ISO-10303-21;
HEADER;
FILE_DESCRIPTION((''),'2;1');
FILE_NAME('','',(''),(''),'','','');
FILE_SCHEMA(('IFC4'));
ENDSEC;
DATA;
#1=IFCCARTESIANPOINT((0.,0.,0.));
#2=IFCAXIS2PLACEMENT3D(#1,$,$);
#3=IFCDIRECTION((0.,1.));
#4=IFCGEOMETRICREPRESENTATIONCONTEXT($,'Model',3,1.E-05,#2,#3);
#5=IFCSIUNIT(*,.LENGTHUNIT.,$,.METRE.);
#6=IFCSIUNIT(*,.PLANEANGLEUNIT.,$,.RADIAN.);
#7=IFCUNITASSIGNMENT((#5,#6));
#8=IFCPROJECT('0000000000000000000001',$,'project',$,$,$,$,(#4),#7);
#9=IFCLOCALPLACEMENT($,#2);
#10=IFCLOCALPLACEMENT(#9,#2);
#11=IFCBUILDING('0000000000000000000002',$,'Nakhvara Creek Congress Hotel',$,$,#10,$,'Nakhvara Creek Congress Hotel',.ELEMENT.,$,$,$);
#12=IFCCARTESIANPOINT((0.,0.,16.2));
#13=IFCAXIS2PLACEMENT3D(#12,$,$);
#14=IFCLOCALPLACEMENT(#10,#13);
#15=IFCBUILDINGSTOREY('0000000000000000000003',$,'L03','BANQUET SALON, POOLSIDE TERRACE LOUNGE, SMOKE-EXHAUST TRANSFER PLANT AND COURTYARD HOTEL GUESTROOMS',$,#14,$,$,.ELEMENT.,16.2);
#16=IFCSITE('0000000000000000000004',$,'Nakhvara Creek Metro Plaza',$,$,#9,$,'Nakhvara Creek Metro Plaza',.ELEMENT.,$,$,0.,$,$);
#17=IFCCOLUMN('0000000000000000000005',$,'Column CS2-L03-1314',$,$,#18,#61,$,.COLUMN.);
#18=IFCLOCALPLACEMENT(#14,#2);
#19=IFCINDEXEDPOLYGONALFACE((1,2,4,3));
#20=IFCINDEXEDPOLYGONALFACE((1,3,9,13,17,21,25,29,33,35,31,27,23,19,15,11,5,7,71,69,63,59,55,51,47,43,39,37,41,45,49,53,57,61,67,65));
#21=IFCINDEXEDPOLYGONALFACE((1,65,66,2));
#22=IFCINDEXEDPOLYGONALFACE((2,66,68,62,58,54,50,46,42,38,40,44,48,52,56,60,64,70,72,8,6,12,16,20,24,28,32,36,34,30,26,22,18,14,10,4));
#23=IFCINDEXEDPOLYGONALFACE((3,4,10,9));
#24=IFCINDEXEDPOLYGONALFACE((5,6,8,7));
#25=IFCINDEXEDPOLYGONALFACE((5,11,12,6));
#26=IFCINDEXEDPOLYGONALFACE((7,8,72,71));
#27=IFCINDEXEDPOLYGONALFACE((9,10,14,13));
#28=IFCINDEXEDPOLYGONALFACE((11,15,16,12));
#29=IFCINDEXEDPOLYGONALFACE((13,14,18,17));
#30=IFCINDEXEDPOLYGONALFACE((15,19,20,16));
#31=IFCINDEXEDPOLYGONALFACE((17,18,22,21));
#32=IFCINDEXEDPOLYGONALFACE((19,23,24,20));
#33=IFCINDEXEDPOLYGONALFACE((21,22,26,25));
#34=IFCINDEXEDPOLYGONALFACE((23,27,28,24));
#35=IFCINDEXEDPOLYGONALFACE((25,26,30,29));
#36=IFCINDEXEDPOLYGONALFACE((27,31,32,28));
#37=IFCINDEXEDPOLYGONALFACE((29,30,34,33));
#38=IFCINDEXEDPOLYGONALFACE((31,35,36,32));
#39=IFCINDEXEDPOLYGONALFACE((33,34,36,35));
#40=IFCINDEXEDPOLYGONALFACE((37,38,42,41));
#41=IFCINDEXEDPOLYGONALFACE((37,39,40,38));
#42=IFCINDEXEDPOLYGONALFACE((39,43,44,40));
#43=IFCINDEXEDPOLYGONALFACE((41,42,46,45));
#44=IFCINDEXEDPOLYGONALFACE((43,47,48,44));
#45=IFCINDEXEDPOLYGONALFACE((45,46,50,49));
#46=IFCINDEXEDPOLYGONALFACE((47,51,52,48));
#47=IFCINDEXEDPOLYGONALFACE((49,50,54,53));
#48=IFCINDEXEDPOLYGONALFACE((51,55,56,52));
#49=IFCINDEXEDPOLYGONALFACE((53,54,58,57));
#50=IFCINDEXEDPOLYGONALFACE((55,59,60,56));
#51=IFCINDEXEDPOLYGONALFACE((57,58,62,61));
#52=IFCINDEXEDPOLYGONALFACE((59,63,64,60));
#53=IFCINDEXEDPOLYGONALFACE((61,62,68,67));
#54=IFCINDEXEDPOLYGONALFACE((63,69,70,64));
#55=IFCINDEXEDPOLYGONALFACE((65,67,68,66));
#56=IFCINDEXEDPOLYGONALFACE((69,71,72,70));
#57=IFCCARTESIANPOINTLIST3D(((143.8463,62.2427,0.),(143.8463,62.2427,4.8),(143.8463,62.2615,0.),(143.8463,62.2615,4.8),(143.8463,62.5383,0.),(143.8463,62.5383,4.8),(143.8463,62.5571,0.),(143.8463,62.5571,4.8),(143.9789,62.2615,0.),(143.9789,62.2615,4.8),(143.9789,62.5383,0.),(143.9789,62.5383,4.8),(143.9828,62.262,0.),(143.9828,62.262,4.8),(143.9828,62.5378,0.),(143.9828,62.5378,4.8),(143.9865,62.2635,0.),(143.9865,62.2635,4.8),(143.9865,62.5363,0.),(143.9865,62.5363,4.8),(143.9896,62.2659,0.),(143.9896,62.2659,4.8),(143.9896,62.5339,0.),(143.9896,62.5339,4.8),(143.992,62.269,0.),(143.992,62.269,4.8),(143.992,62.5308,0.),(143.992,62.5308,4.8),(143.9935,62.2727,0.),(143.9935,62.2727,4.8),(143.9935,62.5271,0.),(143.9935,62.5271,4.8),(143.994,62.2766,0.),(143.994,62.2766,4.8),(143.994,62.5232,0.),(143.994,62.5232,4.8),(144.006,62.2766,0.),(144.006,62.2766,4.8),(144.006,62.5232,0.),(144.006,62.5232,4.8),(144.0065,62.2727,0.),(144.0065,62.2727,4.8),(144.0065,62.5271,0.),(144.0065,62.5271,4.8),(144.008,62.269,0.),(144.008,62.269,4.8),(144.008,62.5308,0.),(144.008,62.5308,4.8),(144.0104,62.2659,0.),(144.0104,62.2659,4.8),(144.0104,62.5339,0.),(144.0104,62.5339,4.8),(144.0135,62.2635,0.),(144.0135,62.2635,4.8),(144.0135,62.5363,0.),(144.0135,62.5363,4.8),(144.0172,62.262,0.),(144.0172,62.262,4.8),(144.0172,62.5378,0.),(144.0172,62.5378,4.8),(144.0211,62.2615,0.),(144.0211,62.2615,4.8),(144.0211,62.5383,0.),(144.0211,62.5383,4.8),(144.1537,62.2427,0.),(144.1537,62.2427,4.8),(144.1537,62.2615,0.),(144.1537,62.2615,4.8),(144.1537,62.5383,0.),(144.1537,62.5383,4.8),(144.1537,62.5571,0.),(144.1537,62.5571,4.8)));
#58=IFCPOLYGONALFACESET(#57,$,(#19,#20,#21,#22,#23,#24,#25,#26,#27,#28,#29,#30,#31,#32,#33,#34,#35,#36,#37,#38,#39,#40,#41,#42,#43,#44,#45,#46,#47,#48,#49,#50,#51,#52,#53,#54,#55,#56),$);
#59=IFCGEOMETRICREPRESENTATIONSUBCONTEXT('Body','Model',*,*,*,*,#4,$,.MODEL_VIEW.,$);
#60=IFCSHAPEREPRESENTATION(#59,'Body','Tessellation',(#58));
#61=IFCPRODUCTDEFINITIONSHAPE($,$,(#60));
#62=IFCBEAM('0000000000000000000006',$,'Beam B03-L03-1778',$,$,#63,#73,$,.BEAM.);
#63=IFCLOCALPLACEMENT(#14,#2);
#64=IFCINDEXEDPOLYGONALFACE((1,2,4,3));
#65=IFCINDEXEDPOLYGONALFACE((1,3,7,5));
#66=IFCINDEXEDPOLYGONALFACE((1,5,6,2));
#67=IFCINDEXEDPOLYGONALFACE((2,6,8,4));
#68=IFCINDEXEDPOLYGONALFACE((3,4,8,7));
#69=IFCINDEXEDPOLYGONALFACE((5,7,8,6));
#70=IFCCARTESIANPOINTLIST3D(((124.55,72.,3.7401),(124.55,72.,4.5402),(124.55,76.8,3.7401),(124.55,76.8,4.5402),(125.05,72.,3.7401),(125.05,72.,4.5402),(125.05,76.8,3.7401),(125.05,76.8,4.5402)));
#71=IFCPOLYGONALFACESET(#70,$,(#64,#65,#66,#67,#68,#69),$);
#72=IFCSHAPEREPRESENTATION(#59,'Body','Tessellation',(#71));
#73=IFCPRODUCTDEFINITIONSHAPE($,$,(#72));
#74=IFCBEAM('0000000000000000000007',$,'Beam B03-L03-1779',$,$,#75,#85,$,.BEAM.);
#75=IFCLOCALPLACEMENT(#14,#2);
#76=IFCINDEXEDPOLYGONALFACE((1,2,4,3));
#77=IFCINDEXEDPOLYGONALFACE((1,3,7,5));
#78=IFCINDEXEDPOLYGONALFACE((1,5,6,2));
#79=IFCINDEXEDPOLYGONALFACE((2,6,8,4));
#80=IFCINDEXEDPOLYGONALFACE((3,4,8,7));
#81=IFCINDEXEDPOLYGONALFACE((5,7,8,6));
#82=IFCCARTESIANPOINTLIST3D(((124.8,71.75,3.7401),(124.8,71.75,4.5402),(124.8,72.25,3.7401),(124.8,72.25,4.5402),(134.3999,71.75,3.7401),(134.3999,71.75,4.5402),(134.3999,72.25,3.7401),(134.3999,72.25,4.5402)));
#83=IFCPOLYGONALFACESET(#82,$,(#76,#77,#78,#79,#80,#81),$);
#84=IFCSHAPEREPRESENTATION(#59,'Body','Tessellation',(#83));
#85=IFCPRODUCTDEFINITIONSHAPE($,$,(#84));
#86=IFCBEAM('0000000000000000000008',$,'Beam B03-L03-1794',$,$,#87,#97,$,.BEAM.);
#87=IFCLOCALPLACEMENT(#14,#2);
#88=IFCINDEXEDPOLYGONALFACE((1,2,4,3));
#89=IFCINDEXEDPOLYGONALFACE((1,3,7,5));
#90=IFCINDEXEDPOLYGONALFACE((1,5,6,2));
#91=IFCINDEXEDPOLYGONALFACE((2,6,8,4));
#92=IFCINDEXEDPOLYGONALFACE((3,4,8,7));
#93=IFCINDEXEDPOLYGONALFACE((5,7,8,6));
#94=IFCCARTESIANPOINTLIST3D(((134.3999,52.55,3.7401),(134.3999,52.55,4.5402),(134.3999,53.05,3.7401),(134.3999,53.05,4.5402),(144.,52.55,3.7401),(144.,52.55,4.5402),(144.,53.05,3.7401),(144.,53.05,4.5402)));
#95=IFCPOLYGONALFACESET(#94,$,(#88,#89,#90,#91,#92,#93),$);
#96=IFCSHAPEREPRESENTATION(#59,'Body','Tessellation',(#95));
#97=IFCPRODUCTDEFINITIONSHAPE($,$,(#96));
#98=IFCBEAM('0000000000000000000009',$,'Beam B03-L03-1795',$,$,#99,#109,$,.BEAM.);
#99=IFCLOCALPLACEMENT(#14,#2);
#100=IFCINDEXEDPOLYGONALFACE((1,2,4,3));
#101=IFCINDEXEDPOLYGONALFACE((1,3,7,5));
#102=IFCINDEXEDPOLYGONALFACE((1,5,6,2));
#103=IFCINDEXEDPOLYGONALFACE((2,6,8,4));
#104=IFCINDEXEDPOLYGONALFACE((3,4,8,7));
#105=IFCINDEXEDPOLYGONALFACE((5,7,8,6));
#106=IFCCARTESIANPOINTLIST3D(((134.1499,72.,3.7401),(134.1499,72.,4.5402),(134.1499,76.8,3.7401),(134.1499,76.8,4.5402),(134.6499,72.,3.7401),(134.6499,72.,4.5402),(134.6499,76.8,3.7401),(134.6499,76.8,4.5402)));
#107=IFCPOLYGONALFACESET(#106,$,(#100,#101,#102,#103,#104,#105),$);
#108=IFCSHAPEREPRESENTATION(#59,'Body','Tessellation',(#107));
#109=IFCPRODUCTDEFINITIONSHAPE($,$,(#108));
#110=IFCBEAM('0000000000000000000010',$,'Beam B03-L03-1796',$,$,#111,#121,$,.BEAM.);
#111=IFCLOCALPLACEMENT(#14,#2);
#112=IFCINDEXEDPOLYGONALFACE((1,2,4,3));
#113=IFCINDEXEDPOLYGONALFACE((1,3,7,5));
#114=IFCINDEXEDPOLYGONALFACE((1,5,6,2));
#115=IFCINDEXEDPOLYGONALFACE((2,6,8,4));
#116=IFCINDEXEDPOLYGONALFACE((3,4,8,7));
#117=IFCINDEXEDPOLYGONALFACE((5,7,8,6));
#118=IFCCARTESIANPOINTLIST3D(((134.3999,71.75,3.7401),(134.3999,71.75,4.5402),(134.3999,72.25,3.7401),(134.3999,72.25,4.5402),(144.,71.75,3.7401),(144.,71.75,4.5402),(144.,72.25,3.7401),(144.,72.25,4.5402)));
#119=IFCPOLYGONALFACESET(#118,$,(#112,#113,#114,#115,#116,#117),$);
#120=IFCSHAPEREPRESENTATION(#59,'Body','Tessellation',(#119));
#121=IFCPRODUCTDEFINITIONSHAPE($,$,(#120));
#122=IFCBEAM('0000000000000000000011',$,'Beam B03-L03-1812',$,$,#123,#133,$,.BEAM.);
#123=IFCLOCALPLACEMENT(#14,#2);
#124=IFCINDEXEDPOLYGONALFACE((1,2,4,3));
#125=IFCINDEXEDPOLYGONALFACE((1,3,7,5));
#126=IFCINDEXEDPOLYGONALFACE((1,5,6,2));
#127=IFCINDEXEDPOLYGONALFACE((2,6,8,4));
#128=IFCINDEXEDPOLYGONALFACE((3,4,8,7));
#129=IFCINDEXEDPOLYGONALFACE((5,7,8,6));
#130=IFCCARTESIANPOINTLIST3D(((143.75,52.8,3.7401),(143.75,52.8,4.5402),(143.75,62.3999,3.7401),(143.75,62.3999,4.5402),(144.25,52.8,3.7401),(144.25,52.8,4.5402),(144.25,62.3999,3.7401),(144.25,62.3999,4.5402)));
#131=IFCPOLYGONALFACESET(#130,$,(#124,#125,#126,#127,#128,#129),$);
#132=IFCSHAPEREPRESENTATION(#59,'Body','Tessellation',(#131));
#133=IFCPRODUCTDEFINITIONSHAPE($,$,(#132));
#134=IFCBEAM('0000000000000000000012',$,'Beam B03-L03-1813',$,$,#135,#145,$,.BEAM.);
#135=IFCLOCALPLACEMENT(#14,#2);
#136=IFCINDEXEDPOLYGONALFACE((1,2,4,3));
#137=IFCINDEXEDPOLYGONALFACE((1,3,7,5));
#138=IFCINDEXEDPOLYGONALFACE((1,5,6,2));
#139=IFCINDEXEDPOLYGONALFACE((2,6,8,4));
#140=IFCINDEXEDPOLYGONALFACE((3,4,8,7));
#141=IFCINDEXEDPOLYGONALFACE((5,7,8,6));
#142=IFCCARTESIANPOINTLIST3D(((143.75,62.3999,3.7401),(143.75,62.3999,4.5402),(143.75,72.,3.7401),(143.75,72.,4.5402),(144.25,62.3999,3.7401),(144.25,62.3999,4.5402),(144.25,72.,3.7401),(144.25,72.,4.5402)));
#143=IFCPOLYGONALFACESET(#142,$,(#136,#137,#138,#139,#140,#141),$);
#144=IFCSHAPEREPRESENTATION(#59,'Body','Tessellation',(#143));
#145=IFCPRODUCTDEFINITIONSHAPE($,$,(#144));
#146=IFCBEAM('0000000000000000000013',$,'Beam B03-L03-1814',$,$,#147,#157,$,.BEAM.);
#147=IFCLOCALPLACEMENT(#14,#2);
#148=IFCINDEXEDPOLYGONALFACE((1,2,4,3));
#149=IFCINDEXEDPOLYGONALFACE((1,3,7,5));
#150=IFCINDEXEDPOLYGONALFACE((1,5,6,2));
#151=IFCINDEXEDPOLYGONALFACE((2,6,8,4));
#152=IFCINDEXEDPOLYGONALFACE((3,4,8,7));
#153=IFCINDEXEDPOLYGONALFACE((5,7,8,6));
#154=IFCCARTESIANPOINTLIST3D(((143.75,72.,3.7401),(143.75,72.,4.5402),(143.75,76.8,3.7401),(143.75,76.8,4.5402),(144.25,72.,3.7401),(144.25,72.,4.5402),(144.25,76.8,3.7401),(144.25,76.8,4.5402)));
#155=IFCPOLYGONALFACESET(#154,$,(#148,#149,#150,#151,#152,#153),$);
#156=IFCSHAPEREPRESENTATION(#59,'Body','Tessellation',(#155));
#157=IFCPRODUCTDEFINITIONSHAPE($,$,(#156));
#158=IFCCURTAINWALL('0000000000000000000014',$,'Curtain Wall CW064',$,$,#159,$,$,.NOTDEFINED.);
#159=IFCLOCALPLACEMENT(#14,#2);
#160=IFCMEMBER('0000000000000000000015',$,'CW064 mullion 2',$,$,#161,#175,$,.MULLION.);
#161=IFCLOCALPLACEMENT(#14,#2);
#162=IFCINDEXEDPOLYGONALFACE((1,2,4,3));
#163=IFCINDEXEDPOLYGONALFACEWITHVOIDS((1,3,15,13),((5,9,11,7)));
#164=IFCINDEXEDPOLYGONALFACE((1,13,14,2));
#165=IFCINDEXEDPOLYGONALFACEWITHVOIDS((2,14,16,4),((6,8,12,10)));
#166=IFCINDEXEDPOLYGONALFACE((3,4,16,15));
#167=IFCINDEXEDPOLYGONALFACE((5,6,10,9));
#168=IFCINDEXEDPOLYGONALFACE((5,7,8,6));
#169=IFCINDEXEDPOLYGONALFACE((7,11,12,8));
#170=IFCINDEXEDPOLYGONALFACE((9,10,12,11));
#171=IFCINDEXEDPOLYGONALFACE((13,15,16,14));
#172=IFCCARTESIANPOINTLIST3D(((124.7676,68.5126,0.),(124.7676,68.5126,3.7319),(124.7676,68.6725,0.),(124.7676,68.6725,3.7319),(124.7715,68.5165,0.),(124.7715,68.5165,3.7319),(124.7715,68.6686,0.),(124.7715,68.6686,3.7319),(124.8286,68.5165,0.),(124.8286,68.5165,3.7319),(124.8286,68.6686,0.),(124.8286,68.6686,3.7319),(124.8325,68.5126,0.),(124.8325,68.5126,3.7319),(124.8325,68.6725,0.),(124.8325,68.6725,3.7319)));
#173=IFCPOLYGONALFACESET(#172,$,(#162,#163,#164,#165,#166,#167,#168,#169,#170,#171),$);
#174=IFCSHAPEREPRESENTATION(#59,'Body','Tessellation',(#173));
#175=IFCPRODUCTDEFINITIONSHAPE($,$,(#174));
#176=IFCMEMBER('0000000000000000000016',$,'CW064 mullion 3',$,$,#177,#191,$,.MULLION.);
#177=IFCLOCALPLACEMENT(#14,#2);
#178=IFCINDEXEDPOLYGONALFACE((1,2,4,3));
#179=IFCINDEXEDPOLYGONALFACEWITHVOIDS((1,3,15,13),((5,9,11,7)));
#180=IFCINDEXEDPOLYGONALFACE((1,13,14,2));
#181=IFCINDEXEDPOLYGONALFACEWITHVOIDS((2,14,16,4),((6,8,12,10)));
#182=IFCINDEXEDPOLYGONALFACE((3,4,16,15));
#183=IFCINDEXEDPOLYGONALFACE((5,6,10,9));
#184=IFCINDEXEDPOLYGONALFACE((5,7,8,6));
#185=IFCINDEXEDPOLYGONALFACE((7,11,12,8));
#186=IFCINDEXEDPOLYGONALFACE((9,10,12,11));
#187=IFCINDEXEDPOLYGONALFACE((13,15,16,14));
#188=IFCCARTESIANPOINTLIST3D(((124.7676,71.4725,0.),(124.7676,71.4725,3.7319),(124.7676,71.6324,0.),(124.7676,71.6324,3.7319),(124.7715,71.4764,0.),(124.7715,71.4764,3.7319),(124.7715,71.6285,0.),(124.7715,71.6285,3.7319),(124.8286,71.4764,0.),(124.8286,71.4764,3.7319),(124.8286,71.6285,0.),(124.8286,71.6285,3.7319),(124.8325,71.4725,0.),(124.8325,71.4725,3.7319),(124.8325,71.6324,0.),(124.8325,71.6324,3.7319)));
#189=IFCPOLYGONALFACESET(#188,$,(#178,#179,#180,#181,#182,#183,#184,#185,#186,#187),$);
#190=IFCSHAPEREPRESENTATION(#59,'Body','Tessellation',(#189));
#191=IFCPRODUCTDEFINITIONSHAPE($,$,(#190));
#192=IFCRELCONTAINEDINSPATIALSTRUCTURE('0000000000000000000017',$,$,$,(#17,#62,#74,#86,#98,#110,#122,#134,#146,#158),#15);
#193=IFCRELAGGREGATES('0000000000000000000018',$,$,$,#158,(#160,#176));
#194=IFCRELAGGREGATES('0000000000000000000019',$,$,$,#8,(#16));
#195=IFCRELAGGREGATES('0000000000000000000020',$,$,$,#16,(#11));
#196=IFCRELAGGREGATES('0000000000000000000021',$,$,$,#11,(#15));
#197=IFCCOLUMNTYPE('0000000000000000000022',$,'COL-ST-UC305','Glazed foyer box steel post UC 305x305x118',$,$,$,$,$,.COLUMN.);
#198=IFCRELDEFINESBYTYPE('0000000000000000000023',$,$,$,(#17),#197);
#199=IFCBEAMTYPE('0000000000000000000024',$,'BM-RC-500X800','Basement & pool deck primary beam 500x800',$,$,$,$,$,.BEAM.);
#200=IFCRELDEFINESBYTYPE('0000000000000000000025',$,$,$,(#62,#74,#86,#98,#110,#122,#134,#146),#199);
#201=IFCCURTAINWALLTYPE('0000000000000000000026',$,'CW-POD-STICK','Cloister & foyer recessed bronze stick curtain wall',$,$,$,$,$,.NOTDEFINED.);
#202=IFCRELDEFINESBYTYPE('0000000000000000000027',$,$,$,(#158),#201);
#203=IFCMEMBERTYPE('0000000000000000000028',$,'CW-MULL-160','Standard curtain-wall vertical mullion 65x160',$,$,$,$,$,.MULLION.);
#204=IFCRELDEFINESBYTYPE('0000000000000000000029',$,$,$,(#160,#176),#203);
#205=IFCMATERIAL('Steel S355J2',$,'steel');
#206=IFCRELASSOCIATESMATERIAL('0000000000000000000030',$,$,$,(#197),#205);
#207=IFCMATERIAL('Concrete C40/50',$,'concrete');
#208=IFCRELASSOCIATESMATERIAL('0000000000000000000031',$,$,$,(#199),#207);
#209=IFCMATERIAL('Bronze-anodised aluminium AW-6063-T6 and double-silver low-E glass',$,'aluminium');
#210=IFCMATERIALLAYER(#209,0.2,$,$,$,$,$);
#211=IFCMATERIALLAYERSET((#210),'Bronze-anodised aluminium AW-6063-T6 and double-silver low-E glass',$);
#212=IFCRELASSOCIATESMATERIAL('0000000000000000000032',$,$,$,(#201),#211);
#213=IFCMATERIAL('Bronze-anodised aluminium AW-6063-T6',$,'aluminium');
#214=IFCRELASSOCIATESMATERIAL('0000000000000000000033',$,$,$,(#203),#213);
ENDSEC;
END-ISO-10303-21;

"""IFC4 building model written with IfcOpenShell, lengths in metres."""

from ifc_helpers import new_model, si_unit, direction, frame, origin, origin_2d, place, context, subcontext, project, spatial, rectangle, hollow_rectangle, i_section, extrude, material, layer, layer_set, material_profile, profile_set, type_object, element, aggregate, save


model = new_model("IFC4")

# Units and contexts
model_context = context("Model", 3, precision=1e-05, world=origin(), true_north=direction((0.0, 1.0)))
body_context = subcontext(model_context, "Body", "Model", "MODEL_VIEW")
ifc_project = project(units=[si_unit("LENGTHUNIT", "METRE"), si_unit("PLANEANGLEUNIT", "RADIAN")], contexts=[model_context])

# Site, building, storey
site_placement = place(None, origin())
site = spatial("IfcSite", under=ifc_project, at=site_placement, Name="Nakhvara Creek Metro Plaza", LongName="Nakhvara Creek Metro Plaza", CompositionType="ELEMENT", RefElevation=0.0)
building_placement = place(site_placement, origin())
building = spatial("IfcBuilding", under=site, at=building_placement, Name="Nakhvara Creek Congress Hotel", LongName="Nakhvara Creek Congress Hotel", CompositionType="ELEMENT")
storey_placement = place(building_placement, frame((0.0, 0.0, 16.2)))
storey = spatial("IfcBuildingStorey", under=building, at=storey_placement, Name="L03", Description="BANQUET SALON, POOLSIDE TERRACE LOUNGE, SMOKE-EXHAUST TRANSFER PLANT AND COURTYARD HOTEL GUESTROOMS", CompositionType="ELEMENT", Elevation=16.2)

# Column
ifc_material_1 = material(Name="Steel S355J2", Category="steel")
ifc_material_profile_1 = material_profile(ifc_material_1, i_section(OverallWidth=0.3074, OverallDepth=0.3145, WebThickness=0.012, FlangeThickness=0.0188, FilletRadius=0.0151, at=origin_2d()), Name="UC 305x305x118", Category="LoadBearing")
ifc_profile_set_1 = profile_set([ifc_material_profile_1], Name="Steel S355J2")
column_type_1 = type_object("IfcColumnType", Name="COL-ST-UC305", Description="Glazed foyer box steel post UC 305x305x118", PredefinedType="COLUMN", material=ifc_profile_set_1)
for number, where, z_axis, x_axis, name in (
    (1, (144.0, 62.3999, 0.0), (0.0, 0.0, 1.0), (1.0, 0.0, 0.0), "Column CS2-L03-1314"),
):
    element("IfcColumn", number, at=place(storey_placement, frame(where, z_axis=z_axis, x_axis=x_axis)), inside=storey, type_object=column_type_1, Name=name, PredefinedType="COLUMN", context=body_context, shape_type="SweptSolid", body=[
        extrude(i_section(OverallWidth=0.3074, OverallDepth=0.3145, WebThickness=0.012, FlangeThickness=0.0188, FilletRadius=0.0151, at=origin_2d()), origin(), (0.0, 0.0, 1.0), 4.8),
    ])

# Beams
ifc_material_2 = material(Name="Concrete C40/50", Category="concrete")
ifc_material_profile_2 = material_profile(ifc_material_2, rectangle(XDim=0.5, YDim=0.8, at=origin_2d()), Name="RC-BM 500x800", Category="LoadBearing")
ifc_profile_set_2 = profile_set([ifc_material_profile_2], Name="Concrete C40/50")
beam_type = type_object("IfcBeamType", Name="BM-RC-500X800", Description="Basement & pool deck primary beam 500x800", PredefinedType="BEAM", material=ifc_profile_set_2)
beam_1_placement = place(storey_placement, frame((124.8, 72.0, 4.1401), z_axis=(0.0, 1.0, 0.0), x_axis=(-1.0, 0.0, 0.0)))
element("IfcBeam", 2, at=beam_1_placement, inside=storey, type_object=beam_type, Name="Beam B03-L03-1778", PredefinedType="BEAM", context=body_context, shape_type="SweptSolid", body=[
    extrude(rectangle(XDim=0.5, YDim=0.8, at=origin_2d()), origin(), (0.0, 0.0, 1.0), 4.8),
])
beam_2_placement = place(storey_placement, frame((124.8, 72.0, 4.1401), z_axis=(1.0, 0.0, 0.0), x_axis=(0.0, 1.0, 0.0)))
element("IfcBeam", 3, at=beam_2_placement, inside=storey, type_object=beam_type, Name="Beam B03-L03-1779", PredefinedType="BEAM", context=body_context, shape_type="SweptSolid", body=[
    extrude(rectangle(XDim=0.5, YDim=0.8, at=origin_2d()), origin(), (0.0, 0.0, 1.0), 9.5999),
])
beam_3_placement = place(storey_placement, frame((134.3999, 52.8, 4.1401), z_axis=(1.0, 0.0, 0.0), x_axis=(0.0, 1.0, 0.0)))
element("IfcBeam", 4, at=beam_3_placement, inside=storey, type_object=beam_type, Name="Beam B03-L03-1794", PredefinedType="BEAM", context=body_context, shape_type="SweptSolid", body=[
    extrude(rectangle(XDim=0.5, YDim=0.8, at=origin_2d()), origin(), (0.0, 0.0, 1.0), 9.6001),
])
beam_4_placement = place(storey_placement, frame((134.3999, 72.0, 4.1401), z_axis=(0.0, 1.0, 0.0), x_axis=(-1.0, 0.0, 0.0)))
element("IfcBeam", 5, at=beam_4_placement, inside=storey, type_object=beam_type, Name="Beam B03-L03-1795", PredefinedType="BEAM", context=body_context, shape_type="SweptSolid", body=[
    extrude(rectangle(XDim=0.5, YDim=0.8, at=origin_2d()), origin(), (0.0, 0.0, 1.0), 4.8),
])
beam_5_placement = place(storey_placement, frame((134.3999, 72.0, 4.1401), z_axis=(1.0, 0.0, 0.0), x_axis=(0.0, 1.0, 0.0)))
element("IfcBeam", 6, at=beam_5_placement, inside=storey, type_object=beam_type, Name="Beam B03-L03-1796", PredefinedType="BEAM", context=body_context, shape_type="SweptSolid", body=[
    extrude(rectangle(XDim=0.5, YDim=0.8, at=origin_2d()), origin(), (0.0, 0.0, 1.0), 9.6001),
])
beam_6_placement = place(storey_placement, frame((144.0, 52.8, 4.1401), z_axis=(0.0, 1.0, 0.0), x_axis=(-1.0, 0.0, 0.0)))
element("IfcBeam", 7, at=beam_6_placement, inside=storey, type_object=beam_type, Name="Beam B03-L03-1812", PredefinedType="BEAM", context=body_context, shape_type="SweptSolid", body=[
    extrude(rectangle(XDim=0.5, YDim=0.8, at=origin_2d()), origin(), (0.0, 0.0, 1.0), 9.5999),
])
beam_7_placement = place(storey_placement, frame((144.0, 62.3999, 4.1401), z_axis=(0.0, 1.0, 0.0), x_axis=(-1.0, 0.0, 0.0)))
element("IfcBeam", 8, at=beam_7_placement, inside=storey, type_object=beam_type, Name="Beam B03-L03-1813", PredefinedType="BEAM", context=body_context, shape_type="SweptSolid", body=[
    extrude(rectangle(XDim=0.5, YDim=0.8, at=origin_2d()), origin(), (0.0, 0.0, 1.0), 9.6001),
])
beam_8_placement = place(storey_placement, frame((144.0, 72.0, 4.1401), z_axis=(0.0, 1.0, 0.0), x_axis=(-1.0, 0.0, 0.0)))
element("IfcBeam", 9, at=beam_8_placement, inside=storey, type_object=beam_type, Name="Beam B03-L03-1814", PredefinedType="BEAM", context=body_context, shape_type="SweptSolid", body=[
    extrude(rectangle(XDim=0.5, YDim=0.8, at=origin_2d()), origin(), (0.0, 0.0, 1.0), 4.8),
])

# Curtain wall, members
ifc_material_3 = material(Name="Bronze-anodised aluminium AW-6063-T6 and double-silver low-E glass", Category="aluminium")
ifc_layer = layer(ifc_material_3, 0.2)
ifc_layer_set = layer_set([ifc_layer], Name="Bronze-anodised aluminium AW-6063-T6 and double-silver low-E glass")
curtain_wall_type = type_object("IfcCurtainWallType", Name="CW-POD-STICK", Description="Cloister & foyer recessed bronze stick curtain wall", PredefinedType="NOTDEFINED", material=ifc_layer_set)
curtain_wall_placement = place(storey_placement, origin())
curtain_wall = element("IfcCurtainWall", 10, at=curtain_wall_placement, inside=storey, type_object=curtain_wall_type, Name="Curtain Wall CW064", PredefinedType="NOTDEFINED")
ifc_material_4 = material(Name="Bronze-anodised aluminium AW-6063-T6", Category="aluminium")
ifc_material_profile_3 = material_profile(ifc_material_4, hollow_rectangle(XDim=0.0649, YDim=0.1599, WallThickness=0.0039, at=origin_2d()), Name="ALU-MULL 65x160x4", Category="LoadBearing")
ifc_profile_set_3 = profile_set([ifc_material_profile_3], Name="Bronze-anodised aluminium AW-6063-T6")
member_type_1 = type_object("IfcMemberType", Name="CW-MULL-160", Description="Standard curtain-wall vertical mullion 65x160", PredefinedType="MULLION", material=ifc_profile_set_3)
member_1_placement = place(storey_placement, frame((124.8, 68.5925, 0.0), z_axis=(0.0, 0.0, 1.0), x_axis=(-1.0, 0.0, 0.0)))
member_1 = element("IfcMember", 11, at=member_1_placement, type_object=member_type_1, Name="CW064 mullion 2", PredefinedType="MULLION", context=body_context, shape_type="SweptSolid", body=[
    extrude(hollow_rectangle(XDim=0.0649, YDim=0.1599, WallThickness=0.0039, at=origin_2d()), origin(), (0.0, 0.0, 1.0), 3.7319),
])
member_2_placement = place(storey_placement, frame((124.8, 71.5525, 0.0), z_axis=(0.0, 0.0, 1.0), x_axis=(-1.0, 0.0, 0.0)))
member_2 = element("IfcMember", 12, at=member_2_placement, type_object=member_type_1, Name="CW064 mullion 3", PredefinedType="MULLION", context=body_context, shape_type="SweptSolid", body=[
    extrude(hollow_rectangle(XDim=0.0649, YDim=0.1599, WallThickness=0.0039, at=origin_2d()), origin(), (0.0, 0.0, 1.0), 3.7319),
])
aggregate(curtain_wall, [member_1, member_2])

save(model, "model.ifc")
